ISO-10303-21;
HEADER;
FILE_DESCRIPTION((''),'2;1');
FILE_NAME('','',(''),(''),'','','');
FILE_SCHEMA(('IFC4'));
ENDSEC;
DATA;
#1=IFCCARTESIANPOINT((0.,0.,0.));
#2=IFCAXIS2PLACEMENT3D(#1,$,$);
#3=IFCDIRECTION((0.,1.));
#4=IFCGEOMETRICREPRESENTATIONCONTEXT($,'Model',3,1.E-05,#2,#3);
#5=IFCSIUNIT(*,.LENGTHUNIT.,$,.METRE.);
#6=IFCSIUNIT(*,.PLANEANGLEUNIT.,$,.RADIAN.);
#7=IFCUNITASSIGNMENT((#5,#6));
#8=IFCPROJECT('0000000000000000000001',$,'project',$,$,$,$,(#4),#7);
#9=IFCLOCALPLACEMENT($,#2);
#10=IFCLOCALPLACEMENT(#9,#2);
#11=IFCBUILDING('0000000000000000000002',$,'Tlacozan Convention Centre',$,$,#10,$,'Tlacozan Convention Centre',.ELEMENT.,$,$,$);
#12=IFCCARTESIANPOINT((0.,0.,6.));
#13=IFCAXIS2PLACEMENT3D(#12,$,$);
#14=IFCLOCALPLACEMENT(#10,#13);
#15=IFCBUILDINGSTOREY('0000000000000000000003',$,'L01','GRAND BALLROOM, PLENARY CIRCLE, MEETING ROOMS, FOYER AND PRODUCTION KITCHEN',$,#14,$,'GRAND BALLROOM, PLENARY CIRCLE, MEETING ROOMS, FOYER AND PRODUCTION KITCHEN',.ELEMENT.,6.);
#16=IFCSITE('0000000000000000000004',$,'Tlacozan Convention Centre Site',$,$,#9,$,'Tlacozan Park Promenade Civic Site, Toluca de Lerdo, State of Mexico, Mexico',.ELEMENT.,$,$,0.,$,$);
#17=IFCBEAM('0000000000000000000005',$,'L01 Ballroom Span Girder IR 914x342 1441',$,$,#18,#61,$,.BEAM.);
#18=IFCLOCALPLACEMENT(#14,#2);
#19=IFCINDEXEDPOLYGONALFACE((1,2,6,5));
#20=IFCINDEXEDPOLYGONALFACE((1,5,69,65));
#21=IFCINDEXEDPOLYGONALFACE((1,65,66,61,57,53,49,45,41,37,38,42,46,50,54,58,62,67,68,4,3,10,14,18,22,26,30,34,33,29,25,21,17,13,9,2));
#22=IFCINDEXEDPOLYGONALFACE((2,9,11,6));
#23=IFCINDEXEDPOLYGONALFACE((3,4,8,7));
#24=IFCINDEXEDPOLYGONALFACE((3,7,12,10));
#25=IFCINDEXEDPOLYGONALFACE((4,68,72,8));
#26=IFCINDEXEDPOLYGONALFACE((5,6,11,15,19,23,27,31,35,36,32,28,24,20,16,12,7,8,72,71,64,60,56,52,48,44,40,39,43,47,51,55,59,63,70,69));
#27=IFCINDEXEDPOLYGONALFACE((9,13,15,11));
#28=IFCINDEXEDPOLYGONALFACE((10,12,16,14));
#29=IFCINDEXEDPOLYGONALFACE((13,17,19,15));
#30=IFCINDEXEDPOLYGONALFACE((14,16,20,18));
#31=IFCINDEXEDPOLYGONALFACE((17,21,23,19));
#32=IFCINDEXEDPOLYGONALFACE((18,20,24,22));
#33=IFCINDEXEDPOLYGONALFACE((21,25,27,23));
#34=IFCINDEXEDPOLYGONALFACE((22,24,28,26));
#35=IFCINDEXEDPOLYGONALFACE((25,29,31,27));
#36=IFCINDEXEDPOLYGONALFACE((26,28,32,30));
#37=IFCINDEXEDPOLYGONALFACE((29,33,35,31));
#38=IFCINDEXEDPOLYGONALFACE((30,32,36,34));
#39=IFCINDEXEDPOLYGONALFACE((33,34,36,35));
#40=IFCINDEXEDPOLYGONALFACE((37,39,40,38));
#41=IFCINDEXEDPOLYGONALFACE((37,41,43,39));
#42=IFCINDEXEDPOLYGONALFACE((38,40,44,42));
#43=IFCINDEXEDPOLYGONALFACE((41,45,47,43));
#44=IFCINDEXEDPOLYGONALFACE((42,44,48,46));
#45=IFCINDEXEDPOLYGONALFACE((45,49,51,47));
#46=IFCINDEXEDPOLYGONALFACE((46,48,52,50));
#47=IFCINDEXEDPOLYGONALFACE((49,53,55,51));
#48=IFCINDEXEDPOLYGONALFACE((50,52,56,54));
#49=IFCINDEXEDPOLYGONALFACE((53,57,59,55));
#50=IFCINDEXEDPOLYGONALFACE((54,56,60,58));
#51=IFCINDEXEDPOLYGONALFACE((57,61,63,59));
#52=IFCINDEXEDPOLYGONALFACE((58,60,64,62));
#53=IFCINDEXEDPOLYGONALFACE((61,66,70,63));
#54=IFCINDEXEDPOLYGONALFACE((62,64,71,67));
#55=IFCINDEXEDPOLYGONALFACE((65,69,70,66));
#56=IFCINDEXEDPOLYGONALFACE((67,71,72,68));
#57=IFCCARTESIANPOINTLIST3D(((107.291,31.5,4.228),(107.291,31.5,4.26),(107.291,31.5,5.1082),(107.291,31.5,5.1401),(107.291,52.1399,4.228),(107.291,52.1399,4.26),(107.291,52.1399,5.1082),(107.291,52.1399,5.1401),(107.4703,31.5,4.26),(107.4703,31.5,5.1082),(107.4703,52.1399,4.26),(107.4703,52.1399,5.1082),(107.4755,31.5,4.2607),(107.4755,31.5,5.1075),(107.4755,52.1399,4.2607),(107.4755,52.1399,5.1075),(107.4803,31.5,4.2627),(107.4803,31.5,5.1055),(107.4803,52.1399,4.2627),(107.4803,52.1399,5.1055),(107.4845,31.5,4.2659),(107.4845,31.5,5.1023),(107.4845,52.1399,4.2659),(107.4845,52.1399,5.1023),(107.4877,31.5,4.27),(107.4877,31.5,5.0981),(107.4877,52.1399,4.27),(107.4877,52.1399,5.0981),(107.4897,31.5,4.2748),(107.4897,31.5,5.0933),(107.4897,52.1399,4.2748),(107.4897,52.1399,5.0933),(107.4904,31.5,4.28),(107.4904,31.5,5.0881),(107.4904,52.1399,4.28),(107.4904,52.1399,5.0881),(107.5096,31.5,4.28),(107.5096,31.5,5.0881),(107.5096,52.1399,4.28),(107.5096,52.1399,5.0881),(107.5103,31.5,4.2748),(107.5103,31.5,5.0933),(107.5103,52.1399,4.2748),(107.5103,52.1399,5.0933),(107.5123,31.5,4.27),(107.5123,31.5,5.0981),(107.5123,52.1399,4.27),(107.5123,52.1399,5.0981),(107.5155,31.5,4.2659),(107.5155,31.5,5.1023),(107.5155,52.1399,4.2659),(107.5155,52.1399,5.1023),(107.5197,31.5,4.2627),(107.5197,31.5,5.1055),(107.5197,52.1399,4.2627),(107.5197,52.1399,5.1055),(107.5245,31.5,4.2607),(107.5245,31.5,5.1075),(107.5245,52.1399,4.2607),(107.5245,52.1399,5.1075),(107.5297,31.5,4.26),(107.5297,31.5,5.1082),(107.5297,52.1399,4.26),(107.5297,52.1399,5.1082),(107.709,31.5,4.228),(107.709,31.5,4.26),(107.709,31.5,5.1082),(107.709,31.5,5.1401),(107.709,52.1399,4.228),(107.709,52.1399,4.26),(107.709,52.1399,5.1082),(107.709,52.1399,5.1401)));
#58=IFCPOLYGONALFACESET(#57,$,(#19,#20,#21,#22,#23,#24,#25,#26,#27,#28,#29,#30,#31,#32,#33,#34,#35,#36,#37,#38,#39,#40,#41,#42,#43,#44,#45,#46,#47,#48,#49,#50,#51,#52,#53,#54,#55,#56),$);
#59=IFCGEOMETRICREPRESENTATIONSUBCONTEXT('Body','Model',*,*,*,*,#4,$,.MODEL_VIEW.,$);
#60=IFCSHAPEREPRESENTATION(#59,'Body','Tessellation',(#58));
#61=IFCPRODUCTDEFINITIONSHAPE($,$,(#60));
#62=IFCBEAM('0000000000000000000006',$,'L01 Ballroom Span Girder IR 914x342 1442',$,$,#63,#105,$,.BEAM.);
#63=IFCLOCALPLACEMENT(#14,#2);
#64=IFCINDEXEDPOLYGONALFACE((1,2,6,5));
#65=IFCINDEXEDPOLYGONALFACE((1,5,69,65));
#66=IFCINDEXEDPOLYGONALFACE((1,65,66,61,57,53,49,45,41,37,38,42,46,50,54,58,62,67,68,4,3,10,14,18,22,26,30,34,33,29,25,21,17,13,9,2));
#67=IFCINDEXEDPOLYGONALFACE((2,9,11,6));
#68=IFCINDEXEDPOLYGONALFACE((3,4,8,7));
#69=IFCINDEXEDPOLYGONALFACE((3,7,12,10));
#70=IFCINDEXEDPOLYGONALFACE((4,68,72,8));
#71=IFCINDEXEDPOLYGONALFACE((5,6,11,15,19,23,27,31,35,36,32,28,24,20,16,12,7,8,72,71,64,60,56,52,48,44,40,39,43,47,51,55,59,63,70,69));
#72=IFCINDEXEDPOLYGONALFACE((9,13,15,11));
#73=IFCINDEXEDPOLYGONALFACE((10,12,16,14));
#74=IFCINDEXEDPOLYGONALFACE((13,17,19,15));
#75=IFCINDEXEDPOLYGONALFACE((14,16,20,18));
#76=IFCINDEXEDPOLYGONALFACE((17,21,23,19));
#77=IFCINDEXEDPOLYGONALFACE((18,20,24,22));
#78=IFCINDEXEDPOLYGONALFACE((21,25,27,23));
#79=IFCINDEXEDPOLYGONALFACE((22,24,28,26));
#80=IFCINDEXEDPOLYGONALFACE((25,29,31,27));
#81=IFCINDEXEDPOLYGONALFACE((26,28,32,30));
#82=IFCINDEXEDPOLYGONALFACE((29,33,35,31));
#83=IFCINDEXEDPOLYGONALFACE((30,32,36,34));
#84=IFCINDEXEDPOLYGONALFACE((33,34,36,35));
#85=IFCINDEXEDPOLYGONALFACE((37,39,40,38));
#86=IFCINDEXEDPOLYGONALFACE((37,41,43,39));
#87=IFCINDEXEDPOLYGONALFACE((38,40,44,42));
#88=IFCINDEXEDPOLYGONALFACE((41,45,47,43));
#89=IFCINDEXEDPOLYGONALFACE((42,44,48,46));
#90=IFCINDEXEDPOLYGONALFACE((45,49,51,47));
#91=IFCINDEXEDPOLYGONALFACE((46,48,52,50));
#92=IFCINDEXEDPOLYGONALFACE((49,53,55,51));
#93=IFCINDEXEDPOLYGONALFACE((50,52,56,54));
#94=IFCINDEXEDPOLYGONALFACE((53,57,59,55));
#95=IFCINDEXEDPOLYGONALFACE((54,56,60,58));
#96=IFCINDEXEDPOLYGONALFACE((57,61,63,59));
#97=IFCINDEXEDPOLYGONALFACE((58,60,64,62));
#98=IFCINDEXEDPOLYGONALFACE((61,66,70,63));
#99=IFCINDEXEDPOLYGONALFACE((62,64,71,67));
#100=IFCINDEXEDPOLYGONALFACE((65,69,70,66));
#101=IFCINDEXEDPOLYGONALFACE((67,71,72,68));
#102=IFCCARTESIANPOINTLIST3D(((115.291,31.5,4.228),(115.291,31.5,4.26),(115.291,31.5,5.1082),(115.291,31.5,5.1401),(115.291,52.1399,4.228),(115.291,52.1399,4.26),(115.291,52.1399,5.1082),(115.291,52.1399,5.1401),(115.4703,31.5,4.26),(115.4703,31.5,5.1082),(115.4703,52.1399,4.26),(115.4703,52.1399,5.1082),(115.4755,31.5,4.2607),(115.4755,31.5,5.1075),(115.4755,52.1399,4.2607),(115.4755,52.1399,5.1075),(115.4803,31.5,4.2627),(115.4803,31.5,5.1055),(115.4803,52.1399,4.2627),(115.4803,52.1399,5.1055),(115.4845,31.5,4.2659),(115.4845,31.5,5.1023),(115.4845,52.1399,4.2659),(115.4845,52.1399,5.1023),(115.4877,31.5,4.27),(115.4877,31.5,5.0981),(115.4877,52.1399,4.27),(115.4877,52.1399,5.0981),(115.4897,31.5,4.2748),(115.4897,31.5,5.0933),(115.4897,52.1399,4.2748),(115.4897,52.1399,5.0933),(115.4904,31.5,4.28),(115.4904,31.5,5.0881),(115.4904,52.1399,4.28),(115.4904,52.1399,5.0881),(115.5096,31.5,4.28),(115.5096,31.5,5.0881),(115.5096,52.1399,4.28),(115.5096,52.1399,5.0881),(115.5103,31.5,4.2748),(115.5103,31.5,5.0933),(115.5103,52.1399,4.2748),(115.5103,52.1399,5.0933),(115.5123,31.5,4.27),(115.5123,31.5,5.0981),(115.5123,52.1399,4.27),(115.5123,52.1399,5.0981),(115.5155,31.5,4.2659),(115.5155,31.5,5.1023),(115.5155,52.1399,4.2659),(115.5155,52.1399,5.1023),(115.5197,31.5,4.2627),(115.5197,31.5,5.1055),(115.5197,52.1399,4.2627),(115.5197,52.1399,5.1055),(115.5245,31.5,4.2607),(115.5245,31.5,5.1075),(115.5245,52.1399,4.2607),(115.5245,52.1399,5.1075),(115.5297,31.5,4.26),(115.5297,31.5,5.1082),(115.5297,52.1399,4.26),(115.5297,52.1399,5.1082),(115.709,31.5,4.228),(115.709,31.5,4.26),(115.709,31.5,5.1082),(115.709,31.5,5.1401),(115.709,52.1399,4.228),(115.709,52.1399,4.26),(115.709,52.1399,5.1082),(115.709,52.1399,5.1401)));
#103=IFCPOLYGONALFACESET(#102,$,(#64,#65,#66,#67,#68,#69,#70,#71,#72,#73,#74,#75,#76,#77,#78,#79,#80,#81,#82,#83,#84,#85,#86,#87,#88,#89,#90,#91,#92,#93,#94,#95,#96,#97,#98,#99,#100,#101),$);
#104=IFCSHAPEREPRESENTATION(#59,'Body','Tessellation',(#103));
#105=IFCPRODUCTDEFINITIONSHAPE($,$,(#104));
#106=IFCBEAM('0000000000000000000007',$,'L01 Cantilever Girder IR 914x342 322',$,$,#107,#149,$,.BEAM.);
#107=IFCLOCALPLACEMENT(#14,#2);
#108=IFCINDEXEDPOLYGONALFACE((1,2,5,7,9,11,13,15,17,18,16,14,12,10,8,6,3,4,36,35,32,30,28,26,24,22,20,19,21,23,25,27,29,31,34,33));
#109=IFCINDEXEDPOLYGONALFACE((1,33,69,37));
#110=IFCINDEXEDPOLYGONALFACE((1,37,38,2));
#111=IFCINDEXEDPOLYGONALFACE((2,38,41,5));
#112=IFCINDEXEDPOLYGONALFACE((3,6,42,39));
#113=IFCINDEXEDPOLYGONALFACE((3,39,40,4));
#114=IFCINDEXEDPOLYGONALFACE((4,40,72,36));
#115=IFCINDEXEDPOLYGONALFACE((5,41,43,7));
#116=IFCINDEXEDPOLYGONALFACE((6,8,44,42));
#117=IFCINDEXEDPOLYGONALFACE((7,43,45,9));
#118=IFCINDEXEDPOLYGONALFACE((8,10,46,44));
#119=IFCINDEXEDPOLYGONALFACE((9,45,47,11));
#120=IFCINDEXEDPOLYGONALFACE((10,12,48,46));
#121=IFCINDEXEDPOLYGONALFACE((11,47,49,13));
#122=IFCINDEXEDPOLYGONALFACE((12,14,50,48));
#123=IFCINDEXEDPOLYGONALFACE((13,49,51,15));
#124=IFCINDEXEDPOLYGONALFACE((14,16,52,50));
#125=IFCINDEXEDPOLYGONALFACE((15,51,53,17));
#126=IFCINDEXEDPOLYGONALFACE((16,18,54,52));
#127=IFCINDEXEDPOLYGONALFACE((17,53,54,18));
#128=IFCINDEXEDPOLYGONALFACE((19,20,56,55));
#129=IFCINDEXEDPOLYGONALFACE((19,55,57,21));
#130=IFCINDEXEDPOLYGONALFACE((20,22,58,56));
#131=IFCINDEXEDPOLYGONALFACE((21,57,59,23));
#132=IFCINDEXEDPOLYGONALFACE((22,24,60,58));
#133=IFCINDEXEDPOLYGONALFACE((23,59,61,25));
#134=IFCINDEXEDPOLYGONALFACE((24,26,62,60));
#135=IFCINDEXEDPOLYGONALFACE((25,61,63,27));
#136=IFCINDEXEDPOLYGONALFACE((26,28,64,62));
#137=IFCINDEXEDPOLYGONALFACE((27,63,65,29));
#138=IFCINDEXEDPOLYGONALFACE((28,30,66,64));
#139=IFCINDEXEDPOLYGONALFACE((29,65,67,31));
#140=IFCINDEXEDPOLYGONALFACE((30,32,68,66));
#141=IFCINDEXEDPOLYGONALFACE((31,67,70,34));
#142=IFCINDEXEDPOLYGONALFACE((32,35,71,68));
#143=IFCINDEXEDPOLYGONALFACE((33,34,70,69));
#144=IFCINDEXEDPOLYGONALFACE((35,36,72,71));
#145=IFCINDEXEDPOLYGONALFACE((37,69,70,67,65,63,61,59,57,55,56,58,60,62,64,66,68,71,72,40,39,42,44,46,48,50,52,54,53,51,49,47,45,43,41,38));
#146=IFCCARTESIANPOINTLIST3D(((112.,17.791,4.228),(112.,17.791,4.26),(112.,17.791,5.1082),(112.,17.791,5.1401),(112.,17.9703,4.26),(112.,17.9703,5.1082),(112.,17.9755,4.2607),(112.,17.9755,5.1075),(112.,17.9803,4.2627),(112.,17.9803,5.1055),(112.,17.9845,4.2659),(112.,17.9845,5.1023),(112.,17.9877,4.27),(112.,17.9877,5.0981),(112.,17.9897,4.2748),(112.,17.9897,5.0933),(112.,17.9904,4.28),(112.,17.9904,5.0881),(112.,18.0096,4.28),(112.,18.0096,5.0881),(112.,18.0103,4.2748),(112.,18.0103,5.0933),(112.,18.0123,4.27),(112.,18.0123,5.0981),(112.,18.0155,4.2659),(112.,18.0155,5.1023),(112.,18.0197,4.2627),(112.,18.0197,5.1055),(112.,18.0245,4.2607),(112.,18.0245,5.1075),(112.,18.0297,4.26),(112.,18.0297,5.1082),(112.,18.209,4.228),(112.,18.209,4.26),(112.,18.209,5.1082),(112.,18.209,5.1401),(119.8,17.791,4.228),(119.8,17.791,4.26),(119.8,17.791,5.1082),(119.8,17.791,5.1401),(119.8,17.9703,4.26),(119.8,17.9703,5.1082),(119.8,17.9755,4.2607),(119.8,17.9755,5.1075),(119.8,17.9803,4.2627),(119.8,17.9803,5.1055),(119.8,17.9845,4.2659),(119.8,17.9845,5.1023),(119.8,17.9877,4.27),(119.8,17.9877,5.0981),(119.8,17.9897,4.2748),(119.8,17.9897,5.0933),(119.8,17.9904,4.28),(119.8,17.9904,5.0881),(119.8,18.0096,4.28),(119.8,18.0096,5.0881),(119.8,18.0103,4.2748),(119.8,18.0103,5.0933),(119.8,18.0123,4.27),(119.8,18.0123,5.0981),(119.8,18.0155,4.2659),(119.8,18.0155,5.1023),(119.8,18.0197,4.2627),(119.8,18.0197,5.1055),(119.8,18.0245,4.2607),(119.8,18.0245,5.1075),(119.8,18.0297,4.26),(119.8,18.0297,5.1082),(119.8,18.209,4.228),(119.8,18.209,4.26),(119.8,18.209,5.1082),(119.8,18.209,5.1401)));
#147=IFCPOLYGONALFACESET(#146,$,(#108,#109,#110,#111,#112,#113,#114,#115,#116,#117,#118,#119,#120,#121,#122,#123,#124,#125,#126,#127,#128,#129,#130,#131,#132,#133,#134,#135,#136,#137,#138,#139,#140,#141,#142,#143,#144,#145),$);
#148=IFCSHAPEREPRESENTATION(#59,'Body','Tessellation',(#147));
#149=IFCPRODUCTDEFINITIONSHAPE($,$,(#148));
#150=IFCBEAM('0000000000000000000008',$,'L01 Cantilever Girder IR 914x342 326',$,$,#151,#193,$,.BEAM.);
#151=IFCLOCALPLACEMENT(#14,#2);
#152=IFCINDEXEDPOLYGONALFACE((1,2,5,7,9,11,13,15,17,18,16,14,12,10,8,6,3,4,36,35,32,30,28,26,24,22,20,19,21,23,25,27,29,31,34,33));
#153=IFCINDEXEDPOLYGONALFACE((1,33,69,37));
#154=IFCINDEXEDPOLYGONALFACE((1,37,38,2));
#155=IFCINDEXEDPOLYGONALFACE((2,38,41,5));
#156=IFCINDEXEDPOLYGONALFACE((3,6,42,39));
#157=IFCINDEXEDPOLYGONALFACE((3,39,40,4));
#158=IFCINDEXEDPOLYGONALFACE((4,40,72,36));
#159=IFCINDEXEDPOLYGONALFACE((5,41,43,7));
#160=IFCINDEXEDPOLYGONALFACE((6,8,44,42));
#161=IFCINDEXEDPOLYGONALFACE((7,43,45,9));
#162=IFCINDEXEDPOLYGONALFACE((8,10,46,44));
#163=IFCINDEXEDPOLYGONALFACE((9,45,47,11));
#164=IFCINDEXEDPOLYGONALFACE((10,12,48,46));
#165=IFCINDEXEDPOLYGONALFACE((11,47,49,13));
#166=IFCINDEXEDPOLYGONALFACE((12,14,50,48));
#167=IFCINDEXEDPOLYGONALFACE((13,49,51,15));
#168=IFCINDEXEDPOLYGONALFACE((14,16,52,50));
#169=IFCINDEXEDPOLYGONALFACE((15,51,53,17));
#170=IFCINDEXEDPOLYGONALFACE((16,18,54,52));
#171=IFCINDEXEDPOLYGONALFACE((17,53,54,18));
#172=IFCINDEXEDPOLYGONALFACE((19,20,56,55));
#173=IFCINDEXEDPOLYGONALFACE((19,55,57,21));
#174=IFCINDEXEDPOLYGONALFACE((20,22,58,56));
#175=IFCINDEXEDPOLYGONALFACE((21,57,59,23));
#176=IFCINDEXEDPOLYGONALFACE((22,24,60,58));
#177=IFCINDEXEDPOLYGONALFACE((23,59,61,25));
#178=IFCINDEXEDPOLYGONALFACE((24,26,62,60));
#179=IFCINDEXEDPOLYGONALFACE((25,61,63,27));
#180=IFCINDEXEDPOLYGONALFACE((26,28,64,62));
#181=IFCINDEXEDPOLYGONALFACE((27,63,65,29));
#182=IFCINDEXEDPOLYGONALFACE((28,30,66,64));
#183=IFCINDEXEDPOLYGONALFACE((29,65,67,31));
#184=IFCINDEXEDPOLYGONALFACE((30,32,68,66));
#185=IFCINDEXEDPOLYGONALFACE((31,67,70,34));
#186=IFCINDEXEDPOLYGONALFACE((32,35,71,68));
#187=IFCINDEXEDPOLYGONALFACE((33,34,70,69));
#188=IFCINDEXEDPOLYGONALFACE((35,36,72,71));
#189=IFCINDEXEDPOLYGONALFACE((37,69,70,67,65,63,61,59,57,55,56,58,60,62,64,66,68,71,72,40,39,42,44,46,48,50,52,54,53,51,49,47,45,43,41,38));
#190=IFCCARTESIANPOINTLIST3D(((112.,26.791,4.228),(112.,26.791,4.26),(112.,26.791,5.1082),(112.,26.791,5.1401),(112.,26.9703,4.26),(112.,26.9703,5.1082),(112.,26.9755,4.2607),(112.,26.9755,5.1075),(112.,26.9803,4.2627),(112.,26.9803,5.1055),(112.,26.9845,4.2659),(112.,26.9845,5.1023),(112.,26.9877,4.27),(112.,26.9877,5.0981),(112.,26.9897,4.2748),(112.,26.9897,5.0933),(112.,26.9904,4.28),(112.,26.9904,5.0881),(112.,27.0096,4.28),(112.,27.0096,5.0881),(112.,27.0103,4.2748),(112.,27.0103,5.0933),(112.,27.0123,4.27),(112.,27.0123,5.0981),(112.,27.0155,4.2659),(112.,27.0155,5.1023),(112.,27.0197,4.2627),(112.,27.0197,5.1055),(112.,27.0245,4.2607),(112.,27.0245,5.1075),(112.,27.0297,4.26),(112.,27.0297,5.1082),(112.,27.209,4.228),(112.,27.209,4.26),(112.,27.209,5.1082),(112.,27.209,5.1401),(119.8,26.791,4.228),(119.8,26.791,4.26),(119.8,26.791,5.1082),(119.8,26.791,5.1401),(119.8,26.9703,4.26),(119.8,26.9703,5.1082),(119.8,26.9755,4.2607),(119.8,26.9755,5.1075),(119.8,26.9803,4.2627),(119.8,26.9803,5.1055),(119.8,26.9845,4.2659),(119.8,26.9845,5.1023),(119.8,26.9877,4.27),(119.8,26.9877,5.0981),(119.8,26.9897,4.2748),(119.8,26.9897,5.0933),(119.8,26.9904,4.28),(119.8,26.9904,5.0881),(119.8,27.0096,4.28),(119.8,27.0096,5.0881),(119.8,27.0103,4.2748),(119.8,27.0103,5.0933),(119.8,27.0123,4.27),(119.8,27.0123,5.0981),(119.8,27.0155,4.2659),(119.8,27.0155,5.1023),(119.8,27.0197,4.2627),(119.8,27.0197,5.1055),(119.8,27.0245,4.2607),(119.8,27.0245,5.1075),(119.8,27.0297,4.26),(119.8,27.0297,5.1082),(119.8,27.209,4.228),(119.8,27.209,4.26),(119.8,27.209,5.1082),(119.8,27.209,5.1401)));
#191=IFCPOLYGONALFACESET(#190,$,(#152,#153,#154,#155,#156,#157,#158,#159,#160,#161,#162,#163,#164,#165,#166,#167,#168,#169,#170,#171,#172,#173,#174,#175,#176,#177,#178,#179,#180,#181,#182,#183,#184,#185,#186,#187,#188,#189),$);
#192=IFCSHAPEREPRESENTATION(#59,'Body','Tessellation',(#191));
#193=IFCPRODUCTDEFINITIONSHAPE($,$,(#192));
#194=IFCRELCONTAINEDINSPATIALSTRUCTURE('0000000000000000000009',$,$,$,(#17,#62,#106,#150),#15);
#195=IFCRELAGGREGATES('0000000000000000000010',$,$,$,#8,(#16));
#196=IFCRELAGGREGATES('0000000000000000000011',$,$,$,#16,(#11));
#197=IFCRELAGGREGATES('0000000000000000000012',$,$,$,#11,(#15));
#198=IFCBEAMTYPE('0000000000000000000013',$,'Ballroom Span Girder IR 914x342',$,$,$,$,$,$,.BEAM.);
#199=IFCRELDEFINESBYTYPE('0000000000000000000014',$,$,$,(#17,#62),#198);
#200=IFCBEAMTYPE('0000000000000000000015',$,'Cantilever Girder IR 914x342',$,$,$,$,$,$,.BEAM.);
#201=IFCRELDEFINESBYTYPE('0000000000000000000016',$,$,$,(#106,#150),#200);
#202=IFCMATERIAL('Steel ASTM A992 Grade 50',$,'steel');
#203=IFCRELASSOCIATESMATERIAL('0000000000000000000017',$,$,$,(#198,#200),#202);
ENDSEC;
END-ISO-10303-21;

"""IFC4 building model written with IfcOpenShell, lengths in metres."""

from ifc_helpers import new_model, si_unit, direction, frame, origin, origin_2d, place, context, subcontext, project, spatial, i_section, extrude, material, material_profile, profile_set, type_object, element, save


model = new_model("IFC4")

# Units and contexts
model_context = context("Model", 3, precision=1e-05, world=origin(), true_north=direction((0.0, 1.0)))
body_context = subcontext(model_context, "Body", "Model", "MODEL_VIEW")
ifc_project = project(units=[si_unit("LENGTHUNIT", "METRE"), si_unit("PLANEANGLEUNIT", "RADIAN")], contexts=[model_context])

# Site, building, storey
site_placement = place(None, origin())
site = spatial("IfcSite", under=ifc_project, at=site_placement, Name="Tlacozan Convention Centre Site", LongName="Tlacozan Park Promenade Civic Site, Toluca de Lerdo, State of Mexico, Mexico", CompositionType="ELEMENT", RefElevation=0.0)
building_placement = place(site_placement, origin())
building = spatial("IfcBuilding", under=site, at=building_placement, Name="Tlacozan Convention Centre", LongName="Tlacozan Convention Centre", CompositionType="ELEMENT")
storey_placement = place(building_placement, frame((0.0, 0.0, 6.0)))
storey = spatial("IfcBuildingStorey", under=building, at=storey_placement, Name="L01", Description="GRAND BALLROOM, PLENARY CIRCLE, MEETING ROOMS, FOYER AND PRODUCTION KITCHEN", LongName="GRAND BALLROOM, PLENARY CIRCLE, MEETING ROOMS, FOYER AND PRODUCTION KITCHEN", CompositionType="ELEMENT", Elevation=6.0)

# Shared definitions
ifc_material_1 = material(Name="Steel ASTM A992 Grade 50", Category="steel")

# Beams
ifc_material_profile_1 = material_profile(ifc_material_1, i_section(OverallWidth=0.418, OverallDepth=0.9121, WebThickness=0.0193, FlangeThickness=0.032, FilletRadius=0.02, at=origin_2d()), Name="IR 914x342.0")
ifc_profile_set_1 = profile_set([ifc_material_profile_1], Name="Steel ASTM A992 Grade 50")
beam_type_1 = type_object("IfcBeamType", Name="Ballroom Span Girder IR 914x342", PredefinedType="BEAM", material=ifc_profile_set_1)
for number, where, z_axis, x_axis, name in (
    (1, (107.5, 31.5, 4.6841), (0.0, 1.0, 0.0), (-1.0, 0.0, 0.0), "L01 Ballroom Span Girder IR 914x342 1441"),
    (2, (115.5, 31.5, 4.6841), (0.0, 1.0, 0.0), (-1.0, 0.0, 0.0), "L01 Ballroom Span Girder IR 914x342 1442"),
):
    element("IfcBeam", number, at=place(storey_placement, frame(where, z_axis=z_axis, x_axis=x_axis)), inside=storey, type_object=beam_type_1, Name=name, PredefinedType="BEAM", context=body_context, shape_type="SweptSolid", body=[
        extrude(i_section(OverallWidth=0.418, OverallDepth=0.9121, WebThickness=0.0193, FlangeThickness=0.032, FilletRadius=0.02, at=origin_2d()), origin(), (0.0, 0.0, 1.0), 20.6399),
    ])
ifc_material_profile_2 = material_profile(ifc_material_1, i_section(OverallWidth=0.418, OverallDepth=0.9121, WebThickness=0.0193, FlangeThickness=0.032, FilletRadius=0.02, at=origin_2d()), Name="IR 914x342.0")
ifc_profile_set_2 = profile_set([ifc_material_profile_2], Name="Steel ASTM A992 Grade 50")
beam_type_2 = type_object("IfcBeamType", Name="Cantilever Girder IR 914x342", PredefinedType="BEAM", material=ifc_profile_set_2)
for number, where, z_axis, x_axis, name in (
    (3, (112.0, 18.0, 4.6841), (1.0, 0.0, 0.0), (0.0, 1.0, 0.0), "L01 Cantilever Girder IR 914x342 322"),
    (4, (112.0, 27.0, 4.6841), (1.0, 0.0, 0.0), (0.0, 1.0, 0.0), "L01 Cantilever Girder IR 914x342 326"),
):
    element("IfcBeam", number, at=place(storey_placement, frame(where, z_axis=z_axis, x_axis=x_axis)), inside=storey, type_object=beam_type_2, Name=name, PredefinedType="BEAM", context=body_context, shape_type="SweptSolid", body=[
        extrude(i_section(OverallWidth=0.418, OverallDepth=0.9121, WebThickness=0.0193, FlangeThickness=0.032, FilletRadius=0.02, at=origin_2d()), origin(), (0.0, 0.0, 1.0), 7.8),
    ])

save(model, "model.ifc")
